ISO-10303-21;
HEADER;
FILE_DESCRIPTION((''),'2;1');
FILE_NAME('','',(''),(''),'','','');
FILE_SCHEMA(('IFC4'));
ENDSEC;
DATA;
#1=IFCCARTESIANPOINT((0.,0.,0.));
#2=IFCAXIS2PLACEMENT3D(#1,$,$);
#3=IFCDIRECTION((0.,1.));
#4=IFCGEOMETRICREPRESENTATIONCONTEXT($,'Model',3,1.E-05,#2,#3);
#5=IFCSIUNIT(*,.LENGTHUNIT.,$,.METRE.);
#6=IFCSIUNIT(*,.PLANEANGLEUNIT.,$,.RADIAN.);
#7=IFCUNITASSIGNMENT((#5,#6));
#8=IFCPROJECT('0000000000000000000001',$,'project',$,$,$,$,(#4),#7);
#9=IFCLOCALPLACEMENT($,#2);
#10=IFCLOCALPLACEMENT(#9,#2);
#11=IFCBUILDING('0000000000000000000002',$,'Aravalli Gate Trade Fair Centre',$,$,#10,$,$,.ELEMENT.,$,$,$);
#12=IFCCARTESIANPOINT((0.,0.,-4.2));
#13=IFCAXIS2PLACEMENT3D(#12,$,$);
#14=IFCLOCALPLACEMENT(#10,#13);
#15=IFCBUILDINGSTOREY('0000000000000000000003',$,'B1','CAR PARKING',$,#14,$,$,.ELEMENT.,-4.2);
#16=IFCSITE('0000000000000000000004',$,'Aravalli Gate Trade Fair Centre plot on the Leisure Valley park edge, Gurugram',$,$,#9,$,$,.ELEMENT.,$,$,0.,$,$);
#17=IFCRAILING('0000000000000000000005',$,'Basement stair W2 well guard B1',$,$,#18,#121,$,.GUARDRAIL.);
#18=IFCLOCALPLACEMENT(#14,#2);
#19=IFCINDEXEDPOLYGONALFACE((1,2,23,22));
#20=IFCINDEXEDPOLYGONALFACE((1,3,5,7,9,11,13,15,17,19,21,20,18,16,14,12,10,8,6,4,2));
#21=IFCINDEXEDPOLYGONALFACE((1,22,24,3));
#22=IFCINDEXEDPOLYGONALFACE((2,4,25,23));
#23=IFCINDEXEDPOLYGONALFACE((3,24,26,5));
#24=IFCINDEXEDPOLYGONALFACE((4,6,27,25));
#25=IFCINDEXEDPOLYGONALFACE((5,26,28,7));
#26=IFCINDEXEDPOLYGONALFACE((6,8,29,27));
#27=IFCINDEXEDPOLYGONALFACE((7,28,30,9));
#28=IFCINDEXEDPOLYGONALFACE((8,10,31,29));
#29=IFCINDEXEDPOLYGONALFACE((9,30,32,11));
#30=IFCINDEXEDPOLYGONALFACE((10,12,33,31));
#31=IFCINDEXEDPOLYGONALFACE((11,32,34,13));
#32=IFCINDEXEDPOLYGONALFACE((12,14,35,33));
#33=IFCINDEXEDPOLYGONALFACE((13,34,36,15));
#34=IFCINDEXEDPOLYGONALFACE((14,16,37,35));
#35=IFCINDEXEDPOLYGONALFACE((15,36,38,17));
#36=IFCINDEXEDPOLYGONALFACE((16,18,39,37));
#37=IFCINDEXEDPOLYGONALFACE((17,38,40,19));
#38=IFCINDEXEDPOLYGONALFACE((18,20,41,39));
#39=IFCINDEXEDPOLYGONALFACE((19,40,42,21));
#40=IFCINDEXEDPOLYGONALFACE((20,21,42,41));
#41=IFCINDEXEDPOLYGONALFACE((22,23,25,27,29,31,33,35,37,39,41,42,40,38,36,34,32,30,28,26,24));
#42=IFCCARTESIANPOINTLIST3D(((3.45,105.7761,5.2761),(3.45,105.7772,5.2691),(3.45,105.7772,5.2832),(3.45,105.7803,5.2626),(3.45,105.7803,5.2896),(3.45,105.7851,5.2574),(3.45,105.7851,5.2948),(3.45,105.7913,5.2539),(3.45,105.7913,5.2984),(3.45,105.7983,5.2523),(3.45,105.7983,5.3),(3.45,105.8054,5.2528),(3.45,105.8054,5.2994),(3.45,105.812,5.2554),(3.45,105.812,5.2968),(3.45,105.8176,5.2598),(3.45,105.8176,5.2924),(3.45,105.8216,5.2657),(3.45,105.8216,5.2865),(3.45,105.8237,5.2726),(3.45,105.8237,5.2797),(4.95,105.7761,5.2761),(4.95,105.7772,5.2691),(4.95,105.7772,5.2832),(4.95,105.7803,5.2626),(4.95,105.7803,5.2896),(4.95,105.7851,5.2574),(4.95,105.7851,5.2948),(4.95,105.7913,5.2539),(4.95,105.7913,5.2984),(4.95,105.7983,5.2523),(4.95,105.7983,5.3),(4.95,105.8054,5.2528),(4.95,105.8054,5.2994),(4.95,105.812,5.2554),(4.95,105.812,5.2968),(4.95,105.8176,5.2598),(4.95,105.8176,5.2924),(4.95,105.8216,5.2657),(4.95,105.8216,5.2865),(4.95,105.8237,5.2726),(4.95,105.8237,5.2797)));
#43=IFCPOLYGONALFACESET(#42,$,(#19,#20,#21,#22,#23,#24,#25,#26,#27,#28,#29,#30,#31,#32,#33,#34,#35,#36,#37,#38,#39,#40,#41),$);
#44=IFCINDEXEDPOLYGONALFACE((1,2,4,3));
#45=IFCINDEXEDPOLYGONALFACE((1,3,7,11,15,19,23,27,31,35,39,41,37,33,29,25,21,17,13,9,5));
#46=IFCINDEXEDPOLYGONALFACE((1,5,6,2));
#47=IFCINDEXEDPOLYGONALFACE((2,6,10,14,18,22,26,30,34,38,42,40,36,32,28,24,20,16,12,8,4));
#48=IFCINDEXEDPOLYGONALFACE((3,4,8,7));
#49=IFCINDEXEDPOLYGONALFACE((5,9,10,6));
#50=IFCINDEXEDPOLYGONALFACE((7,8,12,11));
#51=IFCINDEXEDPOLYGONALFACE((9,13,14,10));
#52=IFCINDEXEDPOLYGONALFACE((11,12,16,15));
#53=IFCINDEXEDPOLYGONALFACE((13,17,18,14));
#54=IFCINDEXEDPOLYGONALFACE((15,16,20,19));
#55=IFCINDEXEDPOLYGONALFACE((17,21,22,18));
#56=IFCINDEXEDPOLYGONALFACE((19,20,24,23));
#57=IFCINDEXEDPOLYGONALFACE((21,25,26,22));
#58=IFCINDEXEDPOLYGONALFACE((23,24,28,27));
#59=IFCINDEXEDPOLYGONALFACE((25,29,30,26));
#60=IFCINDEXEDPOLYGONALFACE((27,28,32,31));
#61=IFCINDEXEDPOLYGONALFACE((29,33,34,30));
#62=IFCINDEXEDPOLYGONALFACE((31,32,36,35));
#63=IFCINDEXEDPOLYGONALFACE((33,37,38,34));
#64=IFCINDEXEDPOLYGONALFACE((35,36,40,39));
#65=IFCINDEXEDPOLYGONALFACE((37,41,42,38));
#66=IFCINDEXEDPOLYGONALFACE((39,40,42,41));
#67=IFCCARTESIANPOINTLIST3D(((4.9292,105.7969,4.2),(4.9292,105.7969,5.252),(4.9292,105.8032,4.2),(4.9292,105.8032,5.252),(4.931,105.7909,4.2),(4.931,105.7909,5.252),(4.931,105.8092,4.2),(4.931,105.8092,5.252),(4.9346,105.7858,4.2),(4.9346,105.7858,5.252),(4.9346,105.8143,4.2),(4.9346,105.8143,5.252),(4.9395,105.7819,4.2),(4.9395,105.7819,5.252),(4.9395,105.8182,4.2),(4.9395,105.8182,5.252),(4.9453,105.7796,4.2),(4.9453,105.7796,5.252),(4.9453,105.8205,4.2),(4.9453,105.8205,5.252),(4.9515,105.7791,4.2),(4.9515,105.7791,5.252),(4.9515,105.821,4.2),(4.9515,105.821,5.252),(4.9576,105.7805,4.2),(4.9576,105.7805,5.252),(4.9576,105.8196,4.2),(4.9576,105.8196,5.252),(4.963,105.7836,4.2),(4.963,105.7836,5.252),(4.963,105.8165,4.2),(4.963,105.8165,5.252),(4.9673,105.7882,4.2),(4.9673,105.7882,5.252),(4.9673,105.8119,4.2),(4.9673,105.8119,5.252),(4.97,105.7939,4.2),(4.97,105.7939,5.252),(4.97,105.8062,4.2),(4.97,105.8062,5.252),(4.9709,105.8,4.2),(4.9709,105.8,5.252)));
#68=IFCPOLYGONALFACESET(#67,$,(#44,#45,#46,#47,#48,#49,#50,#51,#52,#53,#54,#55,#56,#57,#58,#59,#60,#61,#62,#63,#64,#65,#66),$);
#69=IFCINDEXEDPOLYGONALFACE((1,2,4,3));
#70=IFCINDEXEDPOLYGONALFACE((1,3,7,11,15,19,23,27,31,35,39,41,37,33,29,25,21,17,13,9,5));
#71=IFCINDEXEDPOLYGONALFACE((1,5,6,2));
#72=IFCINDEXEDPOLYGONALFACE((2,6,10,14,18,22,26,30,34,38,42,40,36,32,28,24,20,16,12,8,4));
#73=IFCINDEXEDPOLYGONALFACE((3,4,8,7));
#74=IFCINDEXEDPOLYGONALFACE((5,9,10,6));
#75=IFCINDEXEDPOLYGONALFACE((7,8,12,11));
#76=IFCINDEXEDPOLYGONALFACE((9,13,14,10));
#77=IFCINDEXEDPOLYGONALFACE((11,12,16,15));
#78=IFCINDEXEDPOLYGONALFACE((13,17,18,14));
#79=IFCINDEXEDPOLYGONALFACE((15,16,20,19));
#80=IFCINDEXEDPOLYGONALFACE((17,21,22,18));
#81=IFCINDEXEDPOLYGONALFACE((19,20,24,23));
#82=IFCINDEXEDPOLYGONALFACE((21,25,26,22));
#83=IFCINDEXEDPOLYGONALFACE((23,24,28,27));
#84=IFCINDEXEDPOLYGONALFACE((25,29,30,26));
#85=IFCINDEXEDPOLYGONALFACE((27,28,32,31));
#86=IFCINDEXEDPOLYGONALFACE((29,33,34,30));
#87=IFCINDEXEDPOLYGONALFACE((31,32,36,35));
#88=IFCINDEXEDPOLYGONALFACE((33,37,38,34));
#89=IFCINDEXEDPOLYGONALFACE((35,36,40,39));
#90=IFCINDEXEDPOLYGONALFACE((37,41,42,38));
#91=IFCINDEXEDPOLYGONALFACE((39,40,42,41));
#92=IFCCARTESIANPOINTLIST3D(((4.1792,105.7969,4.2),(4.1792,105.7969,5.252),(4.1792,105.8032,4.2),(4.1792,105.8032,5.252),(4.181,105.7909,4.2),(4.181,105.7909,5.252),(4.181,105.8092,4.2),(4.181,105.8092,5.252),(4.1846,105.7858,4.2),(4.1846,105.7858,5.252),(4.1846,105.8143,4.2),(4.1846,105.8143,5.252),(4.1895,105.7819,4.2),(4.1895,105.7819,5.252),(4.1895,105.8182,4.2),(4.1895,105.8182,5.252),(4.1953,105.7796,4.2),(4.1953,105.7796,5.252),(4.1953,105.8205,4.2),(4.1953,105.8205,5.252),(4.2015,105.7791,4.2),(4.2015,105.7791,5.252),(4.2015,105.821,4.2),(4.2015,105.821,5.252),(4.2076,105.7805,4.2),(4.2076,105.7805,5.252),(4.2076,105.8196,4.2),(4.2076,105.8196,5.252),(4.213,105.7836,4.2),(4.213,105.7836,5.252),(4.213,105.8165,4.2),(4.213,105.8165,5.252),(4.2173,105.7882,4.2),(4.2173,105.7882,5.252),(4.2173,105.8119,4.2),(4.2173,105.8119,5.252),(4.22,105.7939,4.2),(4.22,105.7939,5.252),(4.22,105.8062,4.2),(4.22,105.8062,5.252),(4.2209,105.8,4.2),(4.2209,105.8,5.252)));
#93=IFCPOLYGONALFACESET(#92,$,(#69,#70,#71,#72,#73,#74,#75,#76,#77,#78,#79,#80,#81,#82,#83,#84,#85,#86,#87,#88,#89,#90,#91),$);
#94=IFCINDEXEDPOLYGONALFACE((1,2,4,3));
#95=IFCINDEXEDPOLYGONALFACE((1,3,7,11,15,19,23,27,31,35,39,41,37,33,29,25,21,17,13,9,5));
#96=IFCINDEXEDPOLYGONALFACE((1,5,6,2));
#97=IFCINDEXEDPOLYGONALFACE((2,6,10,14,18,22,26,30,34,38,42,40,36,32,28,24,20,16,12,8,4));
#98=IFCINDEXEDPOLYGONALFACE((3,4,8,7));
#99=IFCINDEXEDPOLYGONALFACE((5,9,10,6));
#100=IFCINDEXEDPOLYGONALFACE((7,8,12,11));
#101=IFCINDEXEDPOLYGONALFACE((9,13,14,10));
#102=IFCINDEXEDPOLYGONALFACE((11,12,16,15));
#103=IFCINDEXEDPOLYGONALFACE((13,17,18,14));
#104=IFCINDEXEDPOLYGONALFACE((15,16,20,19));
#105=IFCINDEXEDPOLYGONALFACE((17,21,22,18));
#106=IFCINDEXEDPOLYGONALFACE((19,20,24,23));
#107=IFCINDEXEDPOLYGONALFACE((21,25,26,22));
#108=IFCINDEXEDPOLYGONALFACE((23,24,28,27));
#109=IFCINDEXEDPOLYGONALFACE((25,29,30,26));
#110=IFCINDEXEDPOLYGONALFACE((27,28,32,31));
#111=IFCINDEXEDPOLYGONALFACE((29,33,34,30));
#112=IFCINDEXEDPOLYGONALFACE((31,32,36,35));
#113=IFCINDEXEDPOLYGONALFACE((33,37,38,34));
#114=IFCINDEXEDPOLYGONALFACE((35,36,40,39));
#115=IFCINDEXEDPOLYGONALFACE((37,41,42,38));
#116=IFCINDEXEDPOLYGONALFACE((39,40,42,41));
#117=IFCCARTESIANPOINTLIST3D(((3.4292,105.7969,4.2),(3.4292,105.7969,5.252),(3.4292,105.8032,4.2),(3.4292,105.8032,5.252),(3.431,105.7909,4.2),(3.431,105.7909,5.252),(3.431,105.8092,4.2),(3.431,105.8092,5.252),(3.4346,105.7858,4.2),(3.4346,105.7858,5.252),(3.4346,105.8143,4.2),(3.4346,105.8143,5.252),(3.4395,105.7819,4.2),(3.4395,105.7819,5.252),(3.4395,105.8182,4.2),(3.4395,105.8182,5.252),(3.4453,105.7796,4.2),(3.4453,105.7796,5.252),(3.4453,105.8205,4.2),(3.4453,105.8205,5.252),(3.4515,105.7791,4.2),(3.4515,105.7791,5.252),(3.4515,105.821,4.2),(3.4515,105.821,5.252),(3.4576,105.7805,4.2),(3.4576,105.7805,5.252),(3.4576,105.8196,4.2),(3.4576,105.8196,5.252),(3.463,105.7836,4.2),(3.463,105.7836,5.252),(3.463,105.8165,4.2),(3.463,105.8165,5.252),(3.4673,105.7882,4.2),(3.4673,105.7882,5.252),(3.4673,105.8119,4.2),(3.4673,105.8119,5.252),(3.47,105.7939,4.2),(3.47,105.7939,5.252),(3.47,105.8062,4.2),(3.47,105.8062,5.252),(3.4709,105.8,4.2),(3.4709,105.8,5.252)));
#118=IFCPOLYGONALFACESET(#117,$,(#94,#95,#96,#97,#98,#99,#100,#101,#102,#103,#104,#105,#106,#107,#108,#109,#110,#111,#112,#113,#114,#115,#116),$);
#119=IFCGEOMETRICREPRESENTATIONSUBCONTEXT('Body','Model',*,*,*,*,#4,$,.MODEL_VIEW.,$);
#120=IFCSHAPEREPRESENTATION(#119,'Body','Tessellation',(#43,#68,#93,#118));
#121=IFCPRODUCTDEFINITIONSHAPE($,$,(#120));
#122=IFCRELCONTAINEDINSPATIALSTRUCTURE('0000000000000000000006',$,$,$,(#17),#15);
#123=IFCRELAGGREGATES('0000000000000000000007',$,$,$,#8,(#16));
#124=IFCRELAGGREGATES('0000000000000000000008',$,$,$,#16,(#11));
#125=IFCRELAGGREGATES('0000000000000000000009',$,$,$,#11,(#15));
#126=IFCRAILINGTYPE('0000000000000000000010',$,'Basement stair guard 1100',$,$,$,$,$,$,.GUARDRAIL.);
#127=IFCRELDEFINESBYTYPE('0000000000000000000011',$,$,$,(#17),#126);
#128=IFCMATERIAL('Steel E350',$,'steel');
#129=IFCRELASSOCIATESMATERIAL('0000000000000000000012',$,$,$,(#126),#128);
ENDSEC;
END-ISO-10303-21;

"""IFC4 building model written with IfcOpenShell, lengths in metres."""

from ifc_helpers import new_model, si_unit, direction, frame, origin, origin_2d, place, context, subcontext, project, spatial, circle, extrude, material, type_object, element, save


model = new_model("IFC4")

# Units and contexts
model_context = context("Model", 3, precision=1e-05, world=origin(), true_north=direction((0.0, 1.0)))
body_context = subcontext(model_context, "Body", "Model", "MODEL_VIEW")
ifc_project = project(units=[si_unit("LENGTHUNIT", "METRE"), si_unit("PLANEANGLEUNIT", "RADIAN")], contexts=[model_context])

# Site, building, storey
site_placement = place(None, origin())
site = spatial("IfcSite", under=ifc_project, at=site_placement, Name="Aravalli Gate Trade Fair Centre plot on the Leisure Valley park edge, Gurugram", CompositionType="ELEMENT", RefElevation=0.0)
building_placement = place(site_placement, origin())
building = spatial("IfcBuilding", under=site, at=building_placement, Name="Aravalli Gate Trade Fair Centre", CompositionType="ELEMENT")
storey_placement = place(building_placement, frame((0.0, 0.0, -4.2)))
storey = spatial("IfcBuildingStorey", under=building, at=storey_placement, Name="B1", Description="CAR PARKING", CompositionType="ELEMENT", Elevation=-4.2)

# Railing
ifc_material_1 = material(Name="Steel E350", Category="steel")
railing_type = type_object("IfcRailingType", Name="Basement stair guard 1100", PredefinedType="GUARDRAIL", material=ifc_material_1)
railing_1_placement = place(storey_placement, frame((4.95, 105.8, 4.2)))
element("IfcRailing", 1, at=railing_1_placement, inside=storey, type_object=railing_type, Name="Basement stair W2 well guard B1", PredefinedType="GUARDRAIL", context=body_context, shape_type="SweptSolid", body=[
    extrude(circle(Radius=0.0239, at=origin_2d()), frame((0.0, 0.0, 1.0762), z_axis=(-1.0, 0.0, 0.0), x_axis=(0.0, -1.0, 0.0)), (0.0, 0.0, 1.0), 1.5),
    extrude(circle(Radius=0.021, at=origin_2d()), origin(), (0.0, 0.0, 1.0), 1.052),
    extrude(circle(Radius=0.021, at=origin_2d()), frame((-0.75, 0.0, 0.0)), (0.0, 0.0, 1.0), 1.052),
    extrude(circle(Radius=0.021, at=origin_2d()), frame((-1.5, 0.0, 0.0)), (0.0, 0.0, 1.0), 1.052),
])

save(model, "model.ifc")
